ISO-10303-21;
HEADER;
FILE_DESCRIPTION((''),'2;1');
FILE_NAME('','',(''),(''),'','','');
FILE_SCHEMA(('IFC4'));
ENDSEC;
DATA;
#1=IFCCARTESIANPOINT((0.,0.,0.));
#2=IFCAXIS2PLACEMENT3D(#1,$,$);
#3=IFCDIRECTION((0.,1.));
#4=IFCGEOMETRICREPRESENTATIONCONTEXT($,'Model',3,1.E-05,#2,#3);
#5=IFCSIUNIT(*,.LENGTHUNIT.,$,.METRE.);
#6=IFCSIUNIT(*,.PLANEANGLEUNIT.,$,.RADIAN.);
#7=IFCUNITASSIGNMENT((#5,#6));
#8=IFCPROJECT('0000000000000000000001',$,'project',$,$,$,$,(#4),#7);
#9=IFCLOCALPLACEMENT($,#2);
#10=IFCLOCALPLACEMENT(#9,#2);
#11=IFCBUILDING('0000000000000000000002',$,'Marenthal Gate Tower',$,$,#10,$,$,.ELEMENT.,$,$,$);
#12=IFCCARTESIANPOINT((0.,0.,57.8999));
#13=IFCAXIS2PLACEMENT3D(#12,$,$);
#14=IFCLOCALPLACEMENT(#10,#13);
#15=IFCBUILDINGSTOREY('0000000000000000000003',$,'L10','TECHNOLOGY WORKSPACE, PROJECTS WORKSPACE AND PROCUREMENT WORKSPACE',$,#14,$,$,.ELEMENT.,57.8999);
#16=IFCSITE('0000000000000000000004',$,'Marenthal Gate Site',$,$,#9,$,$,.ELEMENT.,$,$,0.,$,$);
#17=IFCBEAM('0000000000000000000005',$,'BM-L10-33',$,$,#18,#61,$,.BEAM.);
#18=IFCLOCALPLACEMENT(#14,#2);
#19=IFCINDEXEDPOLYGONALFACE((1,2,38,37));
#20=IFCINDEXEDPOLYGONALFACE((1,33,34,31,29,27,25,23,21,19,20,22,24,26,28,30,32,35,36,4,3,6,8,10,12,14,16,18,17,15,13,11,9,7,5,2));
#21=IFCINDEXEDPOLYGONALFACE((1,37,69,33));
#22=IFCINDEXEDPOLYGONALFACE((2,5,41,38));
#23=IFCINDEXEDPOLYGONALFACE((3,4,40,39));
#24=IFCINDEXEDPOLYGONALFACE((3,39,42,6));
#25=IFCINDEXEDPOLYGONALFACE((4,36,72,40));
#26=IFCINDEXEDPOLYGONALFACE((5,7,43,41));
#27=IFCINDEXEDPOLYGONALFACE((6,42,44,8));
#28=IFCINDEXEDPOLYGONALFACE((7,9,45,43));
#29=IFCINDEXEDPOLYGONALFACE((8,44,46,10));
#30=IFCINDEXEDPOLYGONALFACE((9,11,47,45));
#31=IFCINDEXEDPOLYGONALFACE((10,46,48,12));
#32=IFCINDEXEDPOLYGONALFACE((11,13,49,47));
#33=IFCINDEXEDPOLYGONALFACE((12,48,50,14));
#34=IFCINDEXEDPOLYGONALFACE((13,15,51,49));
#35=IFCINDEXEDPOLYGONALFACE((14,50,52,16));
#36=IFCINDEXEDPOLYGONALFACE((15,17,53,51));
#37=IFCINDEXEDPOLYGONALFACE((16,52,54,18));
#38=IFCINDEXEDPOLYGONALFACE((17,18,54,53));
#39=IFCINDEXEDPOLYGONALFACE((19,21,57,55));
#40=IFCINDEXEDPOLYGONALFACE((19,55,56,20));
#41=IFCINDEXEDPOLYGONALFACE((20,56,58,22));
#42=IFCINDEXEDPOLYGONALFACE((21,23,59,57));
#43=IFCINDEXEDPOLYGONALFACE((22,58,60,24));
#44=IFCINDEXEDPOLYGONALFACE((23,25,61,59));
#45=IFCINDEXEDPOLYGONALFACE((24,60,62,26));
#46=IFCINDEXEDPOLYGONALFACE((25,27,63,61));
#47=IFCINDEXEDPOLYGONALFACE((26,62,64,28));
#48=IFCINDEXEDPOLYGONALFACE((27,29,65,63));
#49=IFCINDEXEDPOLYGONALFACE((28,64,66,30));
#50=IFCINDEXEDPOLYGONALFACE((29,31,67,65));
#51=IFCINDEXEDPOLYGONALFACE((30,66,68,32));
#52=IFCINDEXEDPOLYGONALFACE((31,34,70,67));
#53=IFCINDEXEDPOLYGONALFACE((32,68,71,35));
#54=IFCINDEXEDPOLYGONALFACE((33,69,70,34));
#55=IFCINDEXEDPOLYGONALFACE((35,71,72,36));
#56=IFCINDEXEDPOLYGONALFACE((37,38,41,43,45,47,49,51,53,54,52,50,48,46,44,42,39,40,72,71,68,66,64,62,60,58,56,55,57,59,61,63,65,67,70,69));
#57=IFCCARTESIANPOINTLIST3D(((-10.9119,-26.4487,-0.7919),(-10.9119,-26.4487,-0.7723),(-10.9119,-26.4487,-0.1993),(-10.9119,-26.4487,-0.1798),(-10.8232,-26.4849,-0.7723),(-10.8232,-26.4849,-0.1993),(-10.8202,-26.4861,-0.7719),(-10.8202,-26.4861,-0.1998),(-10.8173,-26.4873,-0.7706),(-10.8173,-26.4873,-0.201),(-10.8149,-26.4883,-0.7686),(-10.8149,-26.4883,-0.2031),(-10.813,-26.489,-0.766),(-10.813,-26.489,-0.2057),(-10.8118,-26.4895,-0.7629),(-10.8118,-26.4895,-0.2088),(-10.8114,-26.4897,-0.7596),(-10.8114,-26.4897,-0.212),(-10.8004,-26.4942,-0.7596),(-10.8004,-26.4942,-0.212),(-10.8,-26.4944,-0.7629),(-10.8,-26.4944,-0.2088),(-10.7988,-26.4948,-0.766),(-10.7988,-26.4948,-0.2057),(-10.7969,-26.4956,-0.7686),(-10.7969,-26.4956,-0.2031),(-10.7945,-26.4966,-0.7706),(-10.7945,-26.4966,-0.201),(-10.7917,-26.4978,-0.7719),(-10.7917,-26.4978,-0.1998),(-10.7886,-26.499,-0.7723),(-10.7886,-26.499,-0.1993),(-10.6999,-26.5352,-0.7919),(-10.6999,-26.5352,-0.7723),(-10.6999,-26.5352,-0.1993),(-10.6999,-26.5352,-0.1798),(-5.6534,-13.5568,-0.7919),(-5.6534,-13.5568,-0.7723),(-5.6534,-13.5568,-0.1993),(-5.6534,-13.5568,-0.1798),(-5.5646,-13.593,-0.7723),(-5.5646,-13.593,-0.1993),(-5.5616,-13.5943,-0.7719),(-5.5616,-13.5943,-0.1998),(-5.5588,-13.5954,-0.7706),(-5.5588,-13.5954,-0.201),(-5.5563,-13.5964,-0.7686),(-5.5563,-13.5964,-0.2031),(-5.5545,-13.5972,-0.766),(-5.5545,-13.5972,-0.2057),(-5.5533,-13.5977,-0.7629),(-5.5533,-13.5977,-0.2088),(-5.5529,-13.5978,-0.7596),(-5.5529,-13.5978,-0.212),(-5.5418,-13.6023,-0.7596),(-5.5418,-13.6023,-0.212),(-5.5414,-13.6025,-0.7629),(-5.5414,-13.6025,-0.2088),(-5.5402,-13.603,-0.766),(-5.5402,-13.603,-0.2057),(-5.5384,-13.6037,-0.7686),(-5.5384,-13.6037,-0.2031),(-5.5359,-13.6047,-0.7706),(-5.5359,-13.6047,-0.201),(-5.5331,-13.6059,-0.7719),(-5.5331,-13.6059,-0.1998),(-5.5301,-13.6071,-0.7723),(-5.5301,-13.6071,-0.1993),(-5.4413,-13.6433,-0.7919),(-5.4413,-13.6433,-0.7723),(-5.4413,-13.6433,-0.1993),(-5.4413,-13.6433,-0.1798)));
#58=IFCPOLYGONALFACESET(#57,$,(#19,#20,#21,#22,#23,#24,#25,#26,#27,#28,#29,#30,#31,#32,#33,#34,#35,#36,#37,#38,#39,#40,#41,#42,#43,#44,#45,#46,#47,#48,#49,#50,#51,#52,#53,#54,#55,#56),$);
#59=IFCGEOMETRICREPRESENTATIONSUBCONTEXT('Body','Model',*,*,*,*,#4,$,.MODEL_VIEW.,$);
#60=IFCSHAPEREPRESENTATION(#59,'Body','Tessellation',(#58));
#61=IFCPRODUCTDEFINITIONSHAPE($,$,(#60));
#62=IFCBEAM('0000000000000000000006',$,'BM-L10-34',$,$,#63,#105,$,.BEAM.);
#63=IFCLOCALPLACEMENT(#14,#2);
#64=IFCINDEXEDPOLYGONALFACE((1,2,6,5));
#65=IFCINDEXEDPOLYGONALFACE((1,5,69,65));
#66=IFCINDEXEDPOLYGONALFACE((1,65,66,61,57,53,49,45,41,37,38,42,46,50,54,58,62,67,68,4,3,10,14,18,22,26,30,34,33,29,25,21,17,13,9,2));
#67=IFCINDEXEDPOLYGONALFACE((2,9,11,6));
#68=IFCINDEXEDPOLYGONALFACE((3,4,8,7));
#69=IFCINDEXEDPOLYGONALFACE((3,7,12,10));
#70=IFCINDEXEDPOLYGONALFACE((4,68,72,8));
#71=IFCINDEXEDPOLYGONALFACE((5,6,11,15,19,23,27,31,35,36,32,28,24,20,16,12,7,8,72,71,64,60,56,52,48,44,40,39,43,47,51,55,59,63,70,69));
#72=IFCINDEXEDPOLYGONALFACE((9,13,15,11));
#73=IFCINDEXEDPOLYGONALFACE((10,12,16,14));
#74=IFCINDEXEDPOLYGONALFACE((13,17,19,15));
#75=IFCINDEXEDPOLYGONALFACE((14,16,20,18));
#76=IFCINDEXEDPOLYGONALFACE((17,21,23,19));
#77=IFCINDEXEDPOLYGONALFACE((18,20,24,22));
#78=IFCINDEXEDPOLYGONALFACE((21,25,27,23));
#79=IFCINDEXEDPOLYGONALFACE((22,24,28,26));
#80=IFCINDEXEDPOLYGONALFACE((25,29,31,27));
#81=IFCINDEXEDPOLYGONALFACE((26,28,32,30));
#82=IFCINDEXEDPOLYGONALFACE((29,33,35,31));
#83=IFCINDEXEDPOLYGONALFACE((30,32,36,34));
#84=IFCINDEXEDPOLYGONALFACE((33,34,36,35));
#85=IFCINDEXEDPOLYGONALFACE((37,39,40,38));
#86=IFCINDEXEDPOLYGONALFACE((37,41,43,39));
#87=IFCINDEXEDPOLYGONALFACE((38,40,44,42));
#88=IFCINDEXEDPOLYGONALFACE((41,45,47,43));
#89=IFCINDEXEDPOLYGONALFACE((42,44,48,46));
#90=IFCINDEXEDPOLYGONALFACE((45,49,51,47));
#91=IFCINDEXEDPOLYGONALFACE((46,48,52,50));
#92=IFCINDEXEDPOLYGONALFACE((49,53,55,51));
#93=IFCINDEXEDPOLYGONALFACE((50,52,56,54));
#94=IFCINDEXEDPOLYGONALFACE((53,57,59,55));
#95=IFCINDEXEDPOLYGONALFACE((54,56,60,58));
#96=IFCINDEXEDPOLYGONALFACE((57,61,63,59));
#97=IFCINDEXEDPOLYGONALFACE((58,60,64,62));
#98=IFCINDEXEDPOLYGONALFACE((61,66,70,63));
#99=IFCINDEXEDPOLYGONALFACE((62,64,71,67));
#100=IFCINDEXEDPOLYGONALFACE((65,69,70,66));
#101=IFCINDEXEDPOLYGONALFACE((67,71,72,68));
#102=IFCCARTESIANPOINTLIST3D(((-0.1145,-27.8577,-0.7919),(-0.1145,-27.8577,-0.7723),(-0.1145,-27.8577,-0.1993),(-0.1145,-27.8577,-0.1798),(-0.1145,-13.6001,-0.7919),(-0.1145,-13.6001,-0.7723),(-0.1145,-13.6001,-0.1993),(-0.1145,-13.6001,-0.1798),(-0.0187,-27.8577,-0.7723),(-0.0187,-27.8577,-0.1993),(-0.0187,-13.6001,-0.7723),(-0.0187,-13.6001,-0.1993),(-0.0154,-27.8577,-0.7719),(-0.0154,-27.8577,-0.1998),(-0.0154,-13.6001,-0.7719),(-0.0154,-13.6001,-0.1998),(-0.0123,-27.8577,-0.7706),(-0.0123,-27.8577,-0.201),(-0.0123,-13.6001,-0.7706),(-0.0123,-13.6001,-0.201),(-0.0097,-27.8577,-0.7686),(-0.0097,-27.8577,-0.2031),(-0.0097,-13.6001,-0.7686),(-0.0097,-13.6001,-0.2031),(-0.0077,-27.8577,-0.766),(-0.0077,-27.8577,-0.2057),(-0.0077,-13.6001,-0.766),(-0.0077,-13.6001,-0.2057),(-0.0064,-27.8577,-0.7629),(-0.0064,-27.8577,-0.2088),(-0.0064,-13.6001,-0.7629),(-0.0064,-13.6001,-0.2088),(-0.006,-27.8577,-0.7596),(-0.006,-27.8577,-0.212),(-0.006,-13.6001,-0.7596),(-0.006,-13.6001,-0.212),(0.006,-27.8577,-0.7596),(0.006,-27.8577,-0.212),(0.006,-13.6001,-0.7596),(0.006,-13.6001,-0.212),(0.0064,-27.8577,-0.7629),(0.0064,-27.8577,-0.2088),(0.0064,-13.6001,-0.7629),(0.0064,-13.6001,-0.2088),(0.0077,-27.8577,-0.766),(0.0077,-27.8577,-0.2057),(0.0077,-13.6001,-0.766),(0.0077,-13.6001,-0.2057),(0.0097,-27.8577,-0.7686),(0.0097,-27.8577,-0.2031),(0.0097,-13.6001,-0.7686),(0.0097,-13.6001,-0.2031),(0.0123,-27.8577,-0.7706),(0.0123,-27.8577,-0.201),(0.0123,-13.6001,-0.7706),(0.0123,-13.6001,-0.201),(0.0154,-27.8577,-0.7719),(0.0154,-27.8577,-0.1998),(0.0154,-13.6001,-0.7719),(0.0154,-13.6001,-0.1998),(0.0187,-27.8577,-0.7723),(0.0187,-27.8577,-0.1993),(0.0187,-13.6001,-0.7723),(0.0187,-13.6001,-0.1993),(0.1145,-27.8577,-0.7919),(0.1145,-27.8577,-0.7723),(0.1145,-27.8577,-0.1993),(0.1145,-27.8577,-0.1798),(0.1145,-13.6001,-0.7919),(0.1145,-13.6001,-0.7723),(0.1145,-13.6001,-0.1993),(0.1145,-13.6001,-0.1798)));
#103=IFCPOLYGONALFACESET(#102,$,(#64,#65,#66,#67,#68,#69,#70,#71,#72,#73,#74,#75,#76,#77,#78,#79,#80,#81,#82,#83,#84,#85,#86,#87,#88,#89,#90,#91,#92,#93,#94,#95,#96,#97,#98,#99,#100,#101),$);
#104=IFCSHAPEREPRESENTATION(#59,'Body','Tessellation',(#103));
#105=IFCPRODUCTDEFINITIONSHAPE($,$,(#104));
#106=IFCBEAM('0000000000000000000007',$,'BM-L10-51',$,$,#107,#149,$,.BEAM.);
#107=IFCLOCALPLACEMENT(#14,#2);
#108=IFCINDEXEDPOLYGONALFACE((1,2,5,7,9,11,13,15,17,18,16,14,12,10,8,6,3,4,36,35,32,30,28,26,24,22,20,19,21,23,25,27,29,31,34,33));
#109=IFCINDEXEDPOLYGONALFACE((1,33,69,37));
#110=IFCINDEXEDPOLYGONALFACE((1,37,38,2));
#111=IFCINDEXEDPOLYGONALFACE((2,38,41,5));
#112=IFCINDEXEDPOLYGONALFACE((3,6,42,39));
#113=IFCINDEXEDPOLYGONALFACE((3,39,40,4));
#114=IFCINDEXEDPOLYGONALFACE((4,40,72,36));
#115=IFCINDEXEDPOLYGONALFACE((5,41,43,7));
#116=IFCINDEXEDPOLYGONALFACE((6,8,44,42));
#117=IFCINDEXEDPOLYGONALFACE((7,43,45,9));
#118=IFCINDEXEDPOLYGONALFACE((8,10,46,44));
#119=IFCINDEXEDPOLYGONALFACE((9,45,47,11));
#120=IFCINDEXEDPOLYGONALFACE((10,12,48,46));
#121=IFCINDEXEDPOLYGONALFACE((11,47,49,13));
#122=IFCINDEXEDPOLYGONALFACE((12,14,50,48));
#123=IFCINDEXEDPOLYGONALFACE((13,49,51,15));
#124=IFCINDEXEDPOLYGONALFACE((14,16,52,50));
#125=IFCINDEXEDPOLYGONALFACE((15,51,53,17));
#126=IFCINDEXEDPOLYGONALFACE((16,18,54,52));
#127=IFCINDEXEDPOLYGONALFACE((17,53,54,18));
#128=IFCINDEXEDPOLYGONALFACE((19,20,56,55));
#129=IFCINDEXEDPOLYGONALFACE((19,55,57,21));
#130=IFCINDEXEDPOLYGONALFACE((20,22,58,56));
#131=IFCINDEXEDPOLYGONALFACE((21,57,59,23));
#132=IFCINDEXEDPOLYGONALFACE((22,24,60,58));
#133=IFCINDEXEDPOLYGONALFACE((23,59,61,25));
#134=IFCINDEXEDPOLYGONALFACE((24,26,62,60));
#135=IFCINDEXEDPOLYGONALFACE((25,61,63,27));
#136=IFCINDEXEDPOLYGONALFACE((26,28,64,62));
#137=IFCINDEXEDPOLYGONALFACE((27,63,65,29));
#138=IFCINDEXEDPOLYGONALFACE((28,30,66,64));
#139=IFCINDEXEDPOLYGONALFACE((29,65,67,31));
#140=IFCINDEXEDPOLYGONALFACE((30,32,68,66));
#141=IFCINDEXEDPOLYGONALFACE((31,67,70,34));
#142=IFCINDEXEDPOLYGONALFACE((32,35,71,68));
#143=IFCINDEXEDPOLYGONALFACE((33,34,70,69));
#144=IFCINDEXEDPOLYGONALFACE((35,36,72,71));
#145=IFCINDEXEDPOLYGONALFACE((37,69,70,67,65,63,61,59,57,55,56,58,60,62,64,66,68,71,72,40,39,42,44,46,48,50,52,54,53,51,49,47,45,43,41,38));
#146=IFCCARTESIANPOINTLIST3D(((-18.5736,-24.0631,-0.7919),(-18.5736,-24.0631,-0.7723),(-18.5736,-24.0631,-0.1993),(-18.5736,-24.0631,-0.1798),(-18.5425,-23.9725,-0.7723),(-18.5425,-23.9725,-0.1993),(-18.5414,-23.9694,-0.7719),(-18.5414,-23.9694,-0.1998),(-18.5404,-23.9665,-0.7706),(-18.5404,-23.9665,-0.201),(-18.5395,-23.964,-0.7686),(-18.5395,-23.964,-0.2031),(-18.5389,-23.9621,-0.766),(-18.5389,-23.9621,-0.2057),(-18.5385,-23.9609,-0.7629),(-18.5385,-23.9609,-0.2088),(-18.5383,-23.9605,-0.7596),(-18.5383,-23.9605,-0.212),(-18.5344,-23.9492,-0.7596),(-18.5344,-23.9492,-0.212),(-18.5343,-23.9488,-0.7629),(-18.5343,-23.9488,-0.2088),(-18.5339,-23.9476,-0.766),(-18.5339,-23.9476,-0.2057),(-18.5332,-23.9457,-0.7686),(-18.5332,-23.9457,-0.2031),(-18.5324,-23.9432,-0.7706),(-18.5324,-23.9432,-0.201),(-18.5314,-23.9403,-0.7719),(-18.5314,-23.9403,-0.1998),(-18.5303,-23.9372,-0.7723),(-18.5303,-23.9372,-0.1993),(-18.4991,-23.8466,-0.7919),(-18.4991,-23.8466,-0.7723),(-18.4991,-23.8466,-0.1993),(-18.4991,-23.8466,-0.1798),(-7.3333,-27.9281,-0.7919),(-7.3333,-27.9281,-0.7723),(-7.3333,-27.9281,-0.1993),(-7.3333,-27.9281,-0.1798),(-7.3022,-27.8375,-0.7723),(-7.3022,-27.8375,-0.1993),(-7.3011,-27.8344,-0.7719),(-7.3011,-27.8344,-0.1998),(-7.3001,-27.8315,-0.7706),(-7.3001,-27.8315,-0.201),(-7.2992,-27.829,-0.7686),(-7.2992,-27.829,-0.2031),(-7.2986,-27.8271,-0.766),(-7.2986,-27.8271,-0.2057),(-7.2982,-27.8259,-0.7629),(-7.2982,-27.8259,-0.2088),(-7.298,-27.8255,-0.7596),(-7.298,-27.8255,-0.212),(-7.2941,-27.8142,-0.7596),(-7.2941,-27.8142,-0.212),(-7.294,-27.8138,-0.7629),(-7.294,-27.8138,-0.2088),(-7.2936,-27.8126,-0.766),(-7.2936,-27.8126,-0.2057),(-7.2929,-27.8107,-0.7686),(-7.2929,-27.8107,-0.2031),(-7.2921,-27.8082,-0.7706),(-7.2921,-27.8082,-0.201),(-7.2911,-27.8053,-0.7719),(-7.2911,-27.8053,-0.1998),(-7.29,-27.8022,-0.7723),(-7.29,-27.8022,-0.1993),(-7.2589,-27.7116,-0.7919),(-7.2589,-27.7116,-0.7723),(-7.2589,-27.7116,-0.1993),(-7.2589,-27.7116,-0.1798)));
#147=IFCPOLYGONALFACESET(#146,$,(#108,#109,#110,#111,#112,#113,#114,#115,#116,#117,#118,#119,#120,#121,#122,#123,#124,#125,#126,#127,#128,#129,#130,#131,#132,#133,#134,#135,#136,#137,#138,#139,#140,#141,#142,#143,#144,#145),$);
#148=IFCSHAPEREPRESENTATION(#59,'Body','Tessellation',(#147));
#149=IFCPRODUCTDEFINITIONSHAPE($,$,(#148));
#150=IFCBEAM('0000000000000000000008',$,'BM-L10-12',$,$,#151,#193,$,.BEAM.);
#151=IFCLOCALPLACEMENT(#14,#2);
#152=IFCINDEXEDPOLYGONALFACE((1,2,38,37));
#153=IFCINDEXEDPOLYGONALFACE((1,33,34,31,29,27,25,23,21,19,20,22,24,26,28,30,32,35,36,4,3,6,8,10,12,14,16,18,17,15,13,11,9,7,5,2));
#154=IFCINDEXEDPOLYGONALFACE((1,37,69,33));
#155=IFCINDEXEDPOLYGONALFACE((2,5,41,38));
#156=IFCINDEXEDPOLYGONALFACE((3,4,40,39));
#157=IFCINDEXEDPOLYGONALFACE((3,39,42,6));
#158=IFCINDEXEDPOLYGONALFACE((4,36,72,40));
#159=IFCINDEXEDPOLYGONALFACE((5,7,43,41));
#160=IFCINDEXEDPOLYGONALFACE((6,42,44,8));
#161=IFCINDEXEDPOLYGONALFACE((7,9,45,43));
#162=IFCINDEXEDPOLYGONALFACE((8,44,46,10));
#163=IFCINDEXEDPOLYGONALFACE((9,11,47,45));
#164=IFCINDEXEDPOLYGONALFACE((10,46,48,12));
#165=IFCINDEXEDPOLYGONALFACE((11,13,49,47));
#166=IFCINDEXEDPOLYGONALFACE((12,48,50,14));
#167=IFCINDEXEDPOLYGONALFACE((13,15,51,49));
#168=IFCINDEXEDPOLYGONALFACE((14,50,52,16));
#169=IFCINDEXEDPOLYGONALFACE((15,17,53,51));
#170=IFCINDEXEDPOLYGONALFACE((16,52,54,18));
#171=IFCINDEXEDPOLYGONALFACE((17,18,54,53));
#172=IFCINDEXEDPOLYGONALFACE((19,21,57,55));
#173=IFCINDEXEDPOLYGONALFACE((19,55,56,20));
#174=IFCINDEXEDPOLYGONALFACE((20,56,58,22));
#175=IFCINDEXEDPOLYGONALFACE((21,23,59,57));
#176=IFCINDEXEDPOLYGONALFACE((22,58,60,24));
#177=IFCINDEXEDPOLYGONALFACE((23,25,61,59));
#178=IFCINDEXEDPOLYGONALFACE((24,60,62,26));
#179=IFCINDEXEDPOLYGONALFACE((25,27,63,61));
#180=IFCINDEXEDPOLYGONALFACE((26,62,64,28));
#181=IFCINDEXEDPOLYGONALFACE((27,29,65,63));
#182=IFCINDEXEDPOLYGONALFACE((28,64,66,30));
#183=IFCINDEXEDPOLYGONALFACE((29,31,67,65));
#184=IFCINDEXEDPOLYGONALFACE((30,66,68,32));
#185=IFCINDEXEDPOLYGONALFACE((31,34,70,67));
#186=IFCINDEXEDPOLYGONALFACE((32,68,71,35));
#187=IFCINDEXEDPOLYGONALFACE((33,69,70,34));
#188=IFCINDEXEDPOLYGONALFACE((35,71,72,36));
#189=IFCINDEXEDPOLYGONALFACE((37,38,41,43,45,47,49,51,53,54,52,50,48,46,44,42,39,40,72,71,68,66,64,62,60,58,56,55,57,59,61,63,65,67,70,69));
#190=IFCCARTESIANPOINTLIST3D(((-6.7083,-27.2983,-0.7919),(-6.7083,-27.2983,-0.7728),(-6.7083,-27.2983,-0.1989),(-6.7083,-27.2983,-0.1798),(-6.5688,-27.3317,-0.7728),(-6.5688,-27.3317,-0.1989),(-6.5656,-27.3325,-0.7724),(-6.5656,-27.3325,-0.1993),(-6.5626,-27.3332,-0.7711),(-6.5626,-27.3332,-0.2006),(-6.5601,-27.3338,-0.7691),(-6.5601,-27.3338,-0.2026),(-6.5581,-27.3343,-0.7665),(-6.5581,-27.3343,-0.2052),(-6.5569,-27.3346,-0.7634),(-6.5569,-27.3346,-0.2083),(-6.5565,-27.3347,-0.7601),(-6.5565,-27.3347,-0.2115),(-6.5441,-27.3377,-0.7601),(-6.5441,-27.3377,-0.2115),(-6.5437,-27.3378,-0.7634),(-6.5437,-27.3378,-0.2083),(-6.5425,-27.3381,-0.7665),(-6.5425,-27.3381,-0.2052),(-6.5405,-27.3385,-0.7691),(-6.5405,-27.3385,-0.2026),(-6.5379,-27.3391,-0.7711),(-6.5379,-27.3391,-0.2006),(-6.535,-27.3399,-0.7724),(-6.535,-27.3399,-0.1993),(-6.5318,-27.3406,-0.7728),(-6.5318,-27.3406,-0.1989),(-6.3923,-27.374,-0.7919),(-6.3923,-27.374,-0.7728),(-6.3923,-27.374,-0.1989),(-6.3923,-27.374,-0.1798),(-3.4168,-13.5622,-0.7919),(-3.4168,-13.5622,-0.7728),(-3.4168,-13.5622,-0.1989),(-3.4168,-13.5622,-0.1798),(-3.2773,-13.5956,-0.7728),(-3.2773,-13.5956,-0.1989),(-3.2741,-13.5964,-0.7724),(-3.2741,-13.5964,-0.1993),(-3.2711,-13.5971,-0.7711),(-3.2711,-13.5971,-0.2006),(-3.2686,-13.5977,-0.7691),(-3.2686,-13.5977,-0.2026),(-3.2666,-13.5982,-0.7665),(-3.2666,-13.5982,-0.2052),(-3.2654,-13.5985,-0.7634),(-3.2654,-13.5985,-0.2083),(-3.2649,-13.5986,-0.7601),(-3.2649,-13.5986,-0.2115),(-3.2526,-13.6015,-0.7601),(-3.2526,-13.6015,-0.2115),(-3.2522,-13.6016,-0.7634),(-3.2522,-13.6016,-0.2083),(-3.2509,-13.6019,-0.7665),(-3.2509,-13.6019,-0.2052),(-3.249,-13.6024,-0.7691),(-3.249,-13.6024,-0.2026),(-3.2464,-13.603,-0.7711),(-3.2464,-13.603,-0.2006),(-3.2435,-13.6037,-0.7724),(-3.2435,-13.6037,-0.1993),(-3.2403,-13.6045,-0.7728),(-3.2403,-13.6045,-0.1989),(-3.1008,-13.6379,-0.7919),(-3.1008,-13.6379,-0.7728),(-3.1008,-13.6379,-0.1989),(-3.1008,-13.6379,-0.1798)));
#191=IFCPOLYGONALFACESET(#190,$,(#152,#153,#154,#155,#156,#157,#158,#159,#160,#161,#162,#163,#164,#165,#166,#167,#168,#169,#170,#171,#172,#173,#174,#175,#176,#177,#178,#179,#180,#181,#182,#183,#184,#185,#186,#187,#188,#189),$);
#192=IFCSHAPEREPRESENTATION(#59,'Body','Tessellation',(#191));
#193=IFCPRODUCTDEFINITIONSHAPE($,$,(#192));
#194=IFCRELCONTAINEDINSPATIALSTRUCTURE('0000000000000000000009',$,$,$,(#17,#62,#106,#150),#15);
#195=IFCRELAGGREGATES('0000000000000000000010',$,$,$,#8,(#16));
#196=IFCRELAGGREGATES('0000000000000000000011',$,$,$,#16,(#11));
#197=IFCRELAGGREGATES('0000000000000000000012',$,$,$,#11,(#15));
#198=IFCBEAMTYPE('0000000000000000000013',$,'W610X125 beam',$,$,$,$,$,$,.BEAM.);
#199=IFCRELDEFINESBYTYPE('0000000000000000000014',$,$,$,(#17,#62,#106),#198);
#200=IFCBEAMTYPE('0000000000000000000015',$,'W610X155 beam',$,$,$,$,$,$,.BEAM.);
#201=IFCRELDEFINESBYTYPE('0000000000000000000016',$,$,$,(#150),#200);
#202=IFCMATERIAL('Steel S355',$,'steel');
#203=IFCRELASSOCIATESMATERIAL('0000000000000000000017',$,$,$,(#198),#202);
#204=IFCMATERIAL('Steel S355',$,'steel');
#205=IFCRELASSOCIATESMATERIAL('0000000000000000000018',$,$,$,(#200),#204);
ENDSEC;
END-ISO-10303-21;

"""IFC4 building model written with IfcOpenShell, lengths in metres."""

from ifc_helpers import new_model, si_unit, direction, frame, origin, origin_2d, place, context, subcontext, project, spatial, i_section, extrude, material, material_profile, profile_set, type_object, element, save


model = new_model("IFC4")

# Units and contexts
model_context = context("Model", 3, precision=1e-05, world=origin(), true_north=direction((0.0, 1.0)))
body_context = subcontext(model_context, "Body", "Model", "MODEL_VIEW")
ifc_project = project(units=[si_unit("LENGTHUNIT", "METRE"), si_unit("PLANEANGLEUNIT", "RADIAN")], contexts=[model_context])

# Site, building, storey
site_placement = place(None, origin())
site = spatial("IfcSite", under=ifc_project, at=site_placement, Name="Marenthal Gate Site", CompositionType="ELEMENT", RefElevation=0.0)
building_placement = place(site_placement, origin())
building = spatial("IfcBuilding", under=site, at=building_placement, Name="Marenthal Gate Tower", CompositionType="ELEMENT")
storey_placement = place(building_placement, frame((0.0, 0.0, 57.8999)))
storey = spatial("IfcBuildingStorey", under=building, at=storey_placement, Name="L10", Description="TECHNOLOGY WORKSPACE, PROJECTS WORKSPACE AND PROCUREMENT WORKSPACE", CompositionType="ELEMENT", Elevation=57.8999)

# Beams
ifc_material_1 = material(Name="Steel S355", Category="steel")
ifc_material_profile_1 = material_profile(ifc_material_1, i_section(OverallWidth=0.229, OverallDepth=0.6121, WebThickness=0.012, FlangeThickness=0.0195, FilletRadius=0.0127, at=origin_2d()), Name="W610X125")
ifc_profile_set_1 = profile_set([ifc_material_profile_1], Name="Steel S355")
beam_type_1 = type_object("IfcBeamType", Name="W610X125 beam", PredefinedType="BEAM", material=ifc_profile_set_1)
beam_1_placement = place(storey_placement, frame((-10.8059, -26.4919, -0.4858), z_axis=(0.377686, 0.925934, 0.0), x_axis=(-0.925934, 0.377686, 0.0)))
element("IfcBeam", 1, at=beam_1_placement, inside=storey, type_object=beam_type_1, Name="BM-L10-33", PredefinedType="BEAM", context=body_context, shape_type="SweptSolid", body=[
    extrude(i_section(OverallWidth=0.229, OverallDepth=0.6121, WebThickness=0.012, FlangeThickness=0.0195, FilletRadius=0.0127, at=origin_2d()), origin(), (0.0, 0.0, 1.0), 13.9231),
])
beam_2_placement = place(storey_placement, frame((0.0, -27.8577, -0.4858), z_axis=(0.0, 1.0, 0.0), x_axis=(-1.0, 0.0, 0.0)))
element("IfcBeam", 2, at=beam_2_placement, inside=storey, type_object=beam_type_1, Name="BM-L10-34", PredefinedType="BEAM", context=body_context, shape_type="SweptSolid", body=[
    extrude(i_section(OverallWidth=0.229, OverallDepth=0.6121, WebThickness=0.012, FlangeThickness=0.0195, FilletRadius=0.0127, at=origin_2d()), origin(), (0.0, 0.0, 1.0), 14.2576),
])
beam_3_placement = place(storey_placement, frame((-18.5364, -23.9548, -0.4858), z_axis=(0.945657, -0.325167, 0.0), x_axis=(0.325167, 0.945657, 0.0)))
element("IfcBeam", 3, at=beam_3_placement, inside=storey, type_object=beam_type_1, Name="BM-L10-51", PredefinedType="BEAM", context=body_context, shape_type="SweptSolid", body=[
    extrude(i_section(OverallWidth=0.229, OverallDepth=0.6121, WebThickness=0.012, FlangeThickness=0.0195, FilletRadius=0.0127, at=origin_2d()), origin(), (0.0, 0.0, 1.0), 11.8862),
])
ifc_material_2 = material(Name="Steel S355", Category="steel")
ifc_material_profile_2 = material_profile(ifc_material_2, i_section(OverallWidth=0.325, OverallDepth=0.6121, WebThickness=0.0127, FlangeThickness=0.019, FilletRadius=0.0127, at=origin_2d()), Name="W610X155")
ifc_profile_set_2 = profile_set([ifc_material_profile_2], Name="Steel S355")
beam_type_2 = type_object("IfcBeamType", Name="W610X155 beam", PredefinedType="BEAM", material=ifc_profile_set_2)
beam_4_placement = place(storey_placement, frame((-6.5503, -27.3362, -0.4858), z_axis=(0.233028, 0.97247, 0.0), x_axis=(-0.97247, 0.233028, 0.0)))
element("IfcBeam", 4, at=beam_4_placement, inside=storey, type_object=beam_type_2, Name="BM-L10-12", PredefinedType="BEAM", context=body_context, shape_type="SweptSolid", body=[
    extrude(i_section(OverallWidth=0.325, OverallDepth=0.6121, WebThickness=0.0127, FlangeThickness=0.019, FilletRadius=0.0127, at=origin_2d()), origin(), (0.0, 0.0, 1.0), 14.125),
])

save(model, "model.ifc")
